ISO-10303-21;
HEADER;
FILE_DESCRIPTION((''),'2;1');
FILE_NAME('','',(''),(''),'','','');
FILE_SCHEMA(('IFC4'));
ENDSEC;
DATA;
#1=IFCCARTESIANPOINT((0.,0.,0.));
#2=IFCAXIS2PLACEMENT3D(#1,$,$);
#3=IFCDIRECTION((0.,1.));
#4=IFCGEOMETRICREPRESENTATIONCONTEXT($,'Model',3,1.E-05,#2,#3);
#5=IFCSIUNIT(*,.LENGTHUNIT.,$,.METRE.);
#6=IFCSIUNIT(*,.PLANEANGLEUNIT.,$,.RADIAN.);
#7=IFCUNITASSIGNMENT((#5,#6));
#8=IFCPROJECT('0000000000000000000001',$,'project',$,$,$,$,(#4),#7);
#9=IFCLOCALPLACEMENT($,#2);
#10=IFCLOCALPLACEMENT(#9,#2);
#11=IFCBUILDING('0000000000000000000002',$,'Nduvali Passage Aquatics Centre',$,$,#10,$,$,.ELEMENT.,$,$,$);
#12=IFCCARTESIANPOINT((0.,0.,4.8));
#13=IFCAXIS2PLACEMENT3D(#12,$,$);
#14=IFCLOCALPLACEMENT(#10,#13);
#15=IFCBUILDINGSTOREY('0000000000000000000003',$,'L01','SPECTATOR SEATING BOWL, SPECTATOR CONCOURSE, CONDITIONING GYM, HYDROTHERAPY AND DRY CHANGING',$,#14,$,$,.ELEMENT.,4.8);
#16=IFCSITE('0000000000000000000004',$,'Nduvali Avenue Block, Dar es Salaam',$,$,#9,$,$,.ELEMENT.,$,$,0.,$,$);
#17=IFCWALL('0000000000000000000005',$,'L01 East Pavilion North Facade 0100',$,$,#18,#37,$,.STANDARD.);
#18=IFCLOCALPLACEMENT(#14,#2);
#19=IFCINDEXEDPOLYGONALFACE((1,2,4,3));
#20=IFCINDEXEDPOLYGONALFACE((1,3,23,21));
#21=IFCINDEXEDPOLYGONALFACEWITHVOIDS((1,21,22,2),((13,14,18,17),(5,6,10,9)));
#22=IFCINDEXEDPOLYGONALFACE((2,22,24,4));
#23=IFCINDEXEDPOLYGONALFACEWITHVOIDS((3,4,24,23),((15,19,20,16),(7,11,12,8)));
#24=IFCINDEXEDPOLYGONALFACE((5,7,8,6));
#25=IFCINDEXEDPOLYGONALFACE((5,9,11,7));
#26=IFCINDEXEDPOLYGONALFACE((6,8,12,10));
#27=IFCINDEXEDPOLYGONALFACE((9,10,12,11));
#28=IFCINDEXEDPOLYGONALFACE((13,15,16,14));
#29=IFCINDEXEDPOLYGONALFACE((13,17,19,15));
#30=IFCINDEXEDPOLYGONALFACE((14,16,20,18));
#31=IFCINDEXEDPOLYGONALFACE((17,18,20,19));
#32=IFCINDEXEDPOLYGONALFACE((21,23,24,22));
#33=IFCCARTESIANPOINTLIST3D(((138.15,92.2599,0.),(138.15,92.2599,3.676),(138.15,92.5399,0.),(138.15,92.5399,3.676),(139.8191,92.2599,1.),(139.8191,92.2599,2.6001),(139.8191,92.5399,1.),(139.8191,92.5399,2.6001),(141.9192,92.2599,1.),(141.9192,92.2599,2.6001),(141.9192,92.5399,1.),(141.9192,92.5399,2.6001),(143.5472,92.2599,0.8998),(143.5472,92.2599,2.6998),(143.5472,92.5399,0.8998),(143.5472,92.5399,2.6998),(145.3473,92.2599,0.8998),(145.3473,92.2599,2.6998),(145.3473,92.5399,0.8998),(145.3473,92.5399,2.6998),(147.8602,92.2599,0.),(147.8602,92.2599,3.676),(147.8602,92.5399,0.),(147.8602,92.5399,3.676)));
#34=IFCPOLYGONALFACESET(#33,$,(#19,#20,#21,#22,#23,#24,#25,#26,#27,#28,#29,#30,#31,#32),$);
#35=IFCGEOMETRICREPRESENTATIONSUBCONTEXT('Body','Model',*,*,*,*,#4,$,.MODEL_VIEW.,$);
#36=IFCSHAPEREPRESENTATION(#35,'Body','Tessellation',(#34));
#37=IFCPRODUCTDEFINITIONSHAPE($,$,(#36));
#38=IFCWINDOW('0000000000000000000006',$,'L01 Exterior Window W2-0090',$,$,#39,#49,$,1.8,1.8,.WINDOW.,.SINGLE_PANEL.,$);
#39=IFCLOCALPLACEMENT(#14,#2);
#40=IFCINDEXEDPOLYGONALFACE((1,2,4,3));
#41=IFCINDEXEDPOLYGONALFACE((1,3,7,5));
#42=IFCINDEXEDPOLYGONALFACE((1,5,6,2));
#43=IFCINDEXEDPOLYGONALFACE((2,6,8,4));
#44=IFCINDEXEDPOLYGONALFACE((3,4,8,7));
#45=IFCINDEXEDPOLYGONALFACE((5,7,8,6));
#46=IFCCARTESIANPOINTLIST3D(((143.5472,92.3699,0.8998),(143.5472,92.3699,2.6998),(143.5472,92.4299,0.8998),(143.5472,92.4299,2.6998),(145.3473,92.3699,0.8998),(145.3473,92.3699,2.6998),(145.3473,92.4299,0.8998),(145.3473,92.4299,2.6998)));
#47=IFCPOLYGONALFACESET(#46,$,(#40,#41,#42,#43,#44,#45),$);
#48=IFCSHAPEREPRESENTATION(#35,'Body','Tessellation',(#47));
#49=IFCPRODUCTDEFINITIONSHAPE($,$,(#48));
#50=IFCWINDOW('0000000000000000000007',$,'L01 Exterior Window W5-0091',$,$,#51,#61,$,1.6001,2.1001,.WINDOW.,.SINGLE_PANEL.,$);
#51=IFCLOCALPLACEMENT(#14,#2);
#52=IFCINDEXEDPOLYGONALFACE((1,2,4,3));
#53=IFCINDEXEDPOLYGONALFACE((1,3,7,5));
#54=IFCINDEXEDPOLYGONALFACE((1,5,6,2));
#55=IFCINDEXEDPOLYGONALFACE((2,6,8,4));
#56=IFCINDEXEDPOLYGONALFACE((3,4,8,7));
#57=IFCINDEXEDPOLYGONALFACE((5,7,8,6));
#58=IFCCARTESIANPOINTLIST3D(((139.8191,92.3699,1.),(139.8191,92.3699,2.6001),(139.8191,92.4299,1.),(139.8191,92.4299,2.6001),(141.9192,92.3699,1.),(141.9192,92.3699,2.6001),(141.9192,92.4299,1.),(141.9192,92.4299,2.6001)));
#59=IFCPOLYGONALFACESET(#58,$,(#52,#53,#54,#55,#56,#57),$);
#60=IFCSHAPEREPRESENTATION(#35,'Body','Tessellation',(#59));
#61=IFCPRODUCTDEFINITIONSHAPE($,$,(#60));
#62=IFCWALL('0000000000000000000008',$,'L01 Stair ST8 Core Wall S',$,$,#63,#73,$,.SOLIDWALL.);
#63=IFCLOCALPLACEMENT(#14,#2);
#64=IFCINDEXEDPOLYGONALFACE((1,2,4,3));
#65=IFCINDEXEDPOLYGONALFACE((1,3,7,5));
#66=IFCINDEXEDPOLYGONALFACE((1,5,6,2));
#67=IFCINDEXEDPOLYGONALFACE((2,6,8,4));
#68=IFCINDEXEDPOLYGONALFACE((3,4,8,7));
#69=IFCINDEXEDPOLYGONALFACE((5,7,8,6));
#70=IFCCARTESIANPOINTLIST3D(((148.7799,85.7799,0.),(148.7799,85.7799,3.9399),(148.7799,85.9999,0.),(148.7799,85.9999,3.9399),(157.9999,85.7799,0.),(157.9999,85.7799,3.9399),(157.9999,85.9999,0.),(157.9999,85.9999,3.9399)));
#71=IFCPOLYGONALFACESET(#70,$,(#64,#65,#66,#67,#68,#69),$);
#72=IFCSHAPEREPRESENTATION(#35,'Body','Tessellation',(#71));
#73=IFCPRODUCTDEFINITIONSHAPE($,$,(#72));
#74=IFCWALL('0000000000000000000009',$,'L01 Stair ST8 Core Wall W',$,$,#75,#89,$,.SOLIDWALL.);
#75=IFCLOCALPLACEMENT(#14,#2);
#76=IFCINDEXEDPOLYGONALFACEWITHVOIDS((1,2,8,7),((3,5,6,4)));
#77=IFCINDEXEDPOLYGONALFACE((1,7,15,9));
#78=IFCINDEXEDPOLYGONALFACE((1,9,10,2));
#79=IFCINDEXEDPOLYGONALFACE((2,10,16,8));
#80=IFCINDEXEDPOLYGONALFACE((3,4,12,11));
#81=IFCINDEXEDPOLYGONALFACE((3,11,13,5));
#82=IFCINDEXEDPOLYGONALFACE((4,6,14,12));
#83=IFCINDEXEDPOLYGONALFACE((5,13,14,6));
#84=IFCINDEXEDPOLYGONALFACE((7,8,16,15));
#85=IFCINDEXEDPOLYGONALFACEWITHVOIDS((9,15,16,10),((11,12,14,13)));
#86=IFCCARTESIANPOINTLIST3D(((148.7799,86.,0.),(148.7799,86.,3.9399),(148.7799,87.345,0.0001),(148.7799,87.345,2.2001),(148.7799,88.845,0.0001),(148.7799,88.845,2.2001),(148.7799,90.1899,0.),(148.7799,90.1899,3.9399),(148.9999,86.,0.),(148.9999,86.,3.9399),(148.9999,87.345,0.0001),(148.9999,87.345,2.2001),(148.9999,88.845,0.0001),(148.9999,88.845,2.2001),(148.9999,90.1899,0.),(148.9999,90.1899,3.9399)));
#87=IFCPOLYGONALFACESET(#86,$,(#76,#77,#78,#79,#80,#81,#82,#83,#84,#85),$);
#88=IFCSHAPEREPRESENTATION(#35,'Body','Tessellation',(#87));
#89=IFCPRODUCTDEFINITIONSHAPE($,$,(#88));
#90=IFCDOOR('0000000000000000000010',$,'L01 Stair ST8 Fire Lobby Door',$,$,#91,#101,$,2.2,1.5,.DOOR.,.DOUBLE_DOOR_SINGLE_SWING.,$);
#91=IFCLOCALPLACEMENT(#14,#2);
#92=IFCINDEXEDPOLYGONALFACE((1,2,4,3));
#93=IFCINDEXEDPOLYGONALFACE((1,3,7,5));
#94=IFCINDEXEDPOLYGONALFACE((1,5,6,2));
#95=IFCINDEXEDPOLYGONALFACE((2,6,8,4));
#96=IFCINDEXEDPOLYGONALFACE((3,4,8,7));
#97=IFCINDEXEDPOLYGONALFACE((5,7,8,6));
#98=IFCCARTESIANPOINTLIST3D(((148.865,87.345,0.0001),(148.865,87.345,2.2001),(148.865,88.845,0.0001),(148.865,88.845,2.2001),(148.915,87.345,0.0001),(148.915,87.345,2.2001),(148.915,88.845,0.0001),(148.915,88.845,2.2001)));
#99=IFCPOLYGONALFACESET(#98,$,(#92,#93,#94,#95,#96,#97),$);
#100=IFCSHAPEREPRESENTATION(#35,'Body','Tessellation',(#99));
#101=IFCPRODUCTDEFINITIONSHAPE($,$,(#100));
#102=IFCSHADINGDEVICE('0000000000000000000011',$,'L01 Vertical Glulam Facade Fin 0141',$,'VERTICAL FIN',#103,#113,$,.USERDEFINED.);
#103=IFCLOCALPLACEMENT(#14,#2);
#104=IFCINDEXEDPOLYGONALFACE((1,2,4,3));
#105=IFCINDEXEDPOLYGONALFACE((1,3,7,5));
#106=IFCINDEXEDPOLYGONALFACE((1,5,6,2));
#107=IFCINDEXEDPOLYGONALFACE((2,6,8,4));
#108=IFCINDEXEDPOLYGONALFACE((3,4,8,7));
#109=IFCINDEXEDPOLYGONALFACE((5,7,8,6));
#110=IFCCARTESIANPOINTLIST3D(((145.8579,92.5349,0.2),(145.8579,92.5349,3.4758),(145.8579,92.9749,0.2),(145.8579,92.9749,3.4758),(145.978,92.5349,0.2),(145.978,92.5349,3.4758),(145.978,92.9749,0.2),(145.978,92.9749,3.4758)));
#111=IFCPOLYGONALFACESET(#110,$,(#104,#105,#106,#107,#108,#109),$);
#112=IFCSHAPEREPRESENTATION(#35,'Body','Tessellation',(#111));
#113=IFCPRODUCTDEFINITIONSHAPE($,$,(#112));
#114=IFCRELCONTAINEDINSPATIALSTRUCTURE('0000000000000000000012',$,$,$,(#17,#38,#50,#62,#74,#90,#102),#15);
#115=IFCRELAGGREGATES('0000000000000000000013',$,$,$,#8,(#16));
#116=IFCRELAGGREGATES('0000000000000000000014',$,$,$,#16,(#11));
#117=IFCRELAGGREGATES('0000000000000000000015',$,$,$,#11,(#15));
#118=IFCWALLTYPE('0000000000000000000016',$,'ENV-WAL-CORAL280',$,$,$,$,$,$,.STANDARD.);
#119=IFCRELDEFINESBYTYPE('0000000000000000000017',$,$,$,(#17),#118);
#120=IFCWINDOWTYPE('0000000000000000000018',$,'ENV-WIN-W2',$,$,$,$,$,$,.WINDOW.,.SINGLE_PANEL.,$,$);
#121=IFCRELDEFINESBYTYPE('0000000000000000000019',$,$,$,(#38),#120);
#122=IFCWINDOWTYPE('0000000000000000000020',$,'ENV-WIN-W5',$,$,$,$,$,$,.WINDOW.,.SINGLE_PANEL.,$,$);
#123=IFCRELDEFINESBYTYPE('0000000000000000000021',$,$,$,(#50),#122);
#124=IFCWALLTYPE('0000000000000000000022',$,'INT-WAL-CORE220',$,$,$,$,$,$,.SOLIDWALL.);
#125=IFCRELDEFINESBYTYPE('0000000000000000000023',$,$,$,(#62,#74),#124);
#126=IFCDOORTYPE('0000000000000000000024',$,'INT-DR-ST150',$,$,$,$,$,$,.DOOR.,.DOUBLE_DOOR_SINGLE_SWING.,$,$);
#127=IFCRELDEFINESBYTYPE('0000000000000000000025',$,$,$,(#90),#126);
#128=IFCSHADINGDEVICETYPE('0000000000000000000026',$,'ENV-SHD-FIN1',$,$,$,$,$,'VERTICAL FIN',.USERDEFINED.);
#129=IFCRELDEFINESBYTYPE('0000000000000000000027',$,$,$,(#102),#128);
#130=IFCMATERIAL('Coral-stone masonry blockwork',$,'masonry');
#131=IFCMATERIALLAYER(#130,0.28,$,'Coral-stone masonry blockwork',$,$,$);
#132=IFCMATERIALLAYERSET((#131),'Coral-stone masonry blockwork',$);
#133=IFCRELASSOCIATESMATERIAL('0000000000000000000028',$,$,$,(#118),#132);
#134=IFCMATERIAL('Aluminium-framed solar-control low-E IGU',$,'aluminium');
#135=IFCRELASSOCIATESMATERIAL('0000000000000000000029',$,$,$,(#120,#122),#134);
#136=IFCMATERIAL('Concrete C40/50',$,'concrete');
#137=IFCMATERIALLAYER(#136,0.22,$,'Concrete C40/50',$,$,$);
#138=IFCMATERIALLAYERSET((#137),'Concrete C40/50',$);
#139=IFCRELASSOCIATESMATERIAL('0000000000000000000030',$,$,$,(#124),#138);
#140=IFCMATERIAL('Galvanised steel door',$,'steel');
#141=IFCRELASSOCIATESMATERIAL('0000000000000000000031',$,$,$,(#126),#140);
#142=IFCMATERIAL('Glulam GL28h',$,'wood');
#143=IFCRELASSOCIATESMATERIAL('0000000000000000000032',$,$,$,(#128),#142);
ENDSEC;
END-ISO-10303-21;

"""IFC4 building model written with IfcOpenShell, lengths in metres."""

from ifc_helpers import new_model, si_unit, direction, frame, frame_2d, origin, origin_2d, place, context, subcontext, project, spatial, rectangle, extrude, material, layer, layer_set, type_object, element, fill, save


model = new_model("IFC4")

# Units and contexts
model_context = context("Model", 3, precision=1e-05, world=origin(), true_north=direction((0.0, 1.0)))
body_context = subcontext(model_context, "Body", "Model", "MODEL_VIEW")
ifc_project = project(units=[si_unit("LENGTHUNIT", "METRE"), si_unit("PLANEANGLEUNIT", "RADIAN")], contexts=[model_context])

# Site, building, storey
site_placement = place(None, origin())
site = spatial("IfcSite", under=ifc_project, at=site_placement, Name="Nduvali Avenue Block, Dar es Salaam", CompositionType="ELEMENT", RefElevation=0.0)
building_placement = place(site_placement, origin())
building = spatial("IfcBuilding", under=site, at=building_placement, Name="Nduvali Passage Aquatics Centre", CompositionType="ELEMENT")
storey_placement = place(building_placement, frame((0.0, 0.0, 4.8)))
storey = spatial("IfcBuildingStorey", under=building, at=storey_placement, Name="L01", Description="SPECTATOR SEATING BOWL, SPECTATOR CONCOURSE, CONDITIONING GYM, HYDROTHERAPY AND DRY CHANGING", CompositionType="ELEMENT", Elevation=4.8)

# Wall, openings, windows
ifc_material_1 = material(Name="Coral-stone masonry blockwork", Category="masonry")
ifc_layer_1 = layer(ifc_material_1, 0.28, Name="Coral-stone masonry blockwork")
ifc_layer_set_1 = layer_set([ifc_layer_1], Name="Coral-stone masonry blockwork")
wall_type_1 = type_object("IfcWallType", Name="ENV-WAL-CORAL280", PredefinedType="STANDARD", material=ifc_layer_set_1)
wall_1_placement = place(storey_placement, frame((147.8601, 92.3999, 0.0), z_axis=(0.0, 0.0, 1.0), x_axis=(-1.0, 0.0, 0.0)))
wall_1 = element("IfcWall", 1, at=wall_1_placement, inside=storey, type_object=wall_type_1, Name="L01 East Pavilion North Facade 0100", PredefinedType="STANDARD", context=body_context, shape_type="SweptSolid", body=[
    extrude(rectangle(XDim=9.7102, YDim=0.28, at=frame_2d((4.855, 0.0))), origin(), (0.0, 0.0, 1.0), 3.676),
])
opening_1_placement = place(wall_1_placement, frame((2.5129, 0.0, 0.8999)))
opening_1 = element("IfcOpeningElement", 2, at=opening_1_placement, cuts=wall_1, PredefinedType="OPENING", context=body_context, shape_type="SweptSolid", body=[
    extrude(rectangle(XDim=1.8, YDim=1.8, at=frame_2d((0.8999, 0.8999))), frame((0.0, 0.1548, 0.0), z_axis=(0.0, -1.0, 0.0), x_axis=(1.0, 0.0, 0.0)), (0.0, 0.0, 1.0), 0.3098),
])
opening_2_placement = place(wall_1_placement, frame((5.9409, 0.0, 1.0)))
opening_2 = element("IfcOpeningElement", 3, at=opening_2_placement, cuts=wall_1, PredefinedType="OPENING", context=body_context, shape_type="SweptSolid", body=[
    extrude(rectangle(XDim=2.1001, YDim=1.6001, at=frame_2d((1.05, 0.8))), frame((0.0, 0.1548, 0.0), z_axis=(0.0, -1.0, 0.0), x_axis=(1.0, 0.0, 0.0)), (0.0, 0.0, 1.0), 0.3098),
])
ifc_material_2 = material(Name="Aluminium-framed solar-control low-E IGU", Category="aluminium")
window_type_1 = type_object("IfcWindowType", Name="ENV-WIN-W2", PartitioningType="SINGLE_PANEL", PredefinedType="WINDOW", material=ifc_material_2)
window_1_placement = place(opening_1_placement, origin())
window_1 = element("IfcWindow", 4, at=window_1_placement, inside=storey, type_object=window_type_1, Name="L01 Exterior Window W2-0090", OverallHeight=1.8, OverallWidth=1.8, PartitioningType="SINGLE_PANEL", PredefinedType="WINDOW", context=body_context, shape_type="SweptSolid", body=[
    extrude(rectangle(XDim=1.8, YDim=1.8, at=frame_2d((0.8999, 0.8999))), frame((0.0, 0.03, 0.0), z_axis=(0.0, -1.0, 0.0), x_axis=(1.0, 0.0, 0.0)), (0.0, 0.0, 1.0), 0.0601),
])
fill(opening_1, window_1)
window_type_2 = type_object("IfcWindowType", Name="ENV-WIN-W5", PartitioningType="SINGLE_PANEL", PredefinedType="WINDOW", material=ifc_material_2)
window_2_placement = place(opening_2_placement, origin())
window_2 = element("IfcWindow", 5, at=window_2_placement, inside=storey, type_object=window_type_2, Name="L01 Exterior Window W5-0091", OverallHeight=1.6001, OverallWidth=2.1001, PartitioningType="SINGLE_PANEL", PredefinedType="WINDOW", context=body_context, shape_type="SweptSolid", body=[
    extrude(rectangle(XDim=2.1001, YDim=1.6001, at=frame_2d((1.05, 0.8))), frame((0.0, 0.03, 0.0), z_axis=(0.0, -1.0, 0.0), x_axis=(1.0, 0.0, 0.0)), (0.0, 0.0, 1.0), 0.0601),
])
fill(opening_2, window_2)

# Wall
ifc_material_3 = material(Name="Concrete C40/50", Category="concrete")
ifc_layer_2 = layer(ifc_material_3, 0.22, Name="Concrete C40/50")
ifc_layer_set_2 = layer_set([ifc_layer_2], Name="Concrete C40/50")
wall_type_2 = type_object("IfcWallType", Name="INT-WAL-CORE220", PredefinedType="SOLIDWALL", material=ifc_layer_set_2)
wall_2_placement = place(storey_placement, frame((148.78, 85.8899, 0.0), z_axis=(0.0, 0.0, 1.0), x_axis=(1.0, 0.0, 0.0)))
element("IfcWall", 6, at=wall_2_placement, inside=storey, type_object=wall_type_2, Name="L01 Stair ST8 Core Wall S", PredefinedType="SOLIDWALL", context=body_context, shape_type="SweptSolid", body=[
    extrude(rectangle(XDim=9.22, YDim=0.22, at=frame_2d((4.6099, 0.0))), origin(), (0.0, 0.0, 1.0), 3.9399),
])

# Wall, opening, door
wall_3_placement = place(storey_placement, frame((148.8899, 90.1899, 0.0), z_axis=(0.0, 0.0, 1.0), x_axis=(0.0, -1.0, 0.0)))
wall_3 = element("IfcWall", 7, at=wall_3_placement, inside=storey, type_object=wall_type_2, Name="L01 Stair ST8 Core Wall W", PredefinedType="SOLIDWALL", context=body_context, shape_type="SweptSolid", body=[
    extrude(rectangle(XDim=4.1899, YDim=0.22, at=frame_2d((2.095, 0.0))), origin(), (0.0, 0.0, 1.0), 3.9399),
])
opening_3_placement = place(wall_3_placement, frame((1.345, 0.0, 0.0)))
opening_3 = element("IfcOpeningElement", 8, at=opening_3_placement, cuts=wall_3, PredefinedType="OPENING", context=body_context, shape_type="SweptSolid", body=[
    extrude(rectangle(XDim=1.5, YDim=2.2, at=frame_2d((0.75, 1.1001))), frame((0.0, 0.125, 0.0), z_axis=(0.0, -1.0, 0.0), x_axis=(1.0, 0.0, 0.0)), (0.0, 0.0, 1.0), 0.2498),
])
ifc_material_4 = material(Name="Galvanised steel door", Category="steel")
door_type = type_object("IfcDoorType", Name="INT-DR-ST150", OperationType="DOUBLE_DOOR_SINGLE_SWING", PredefinedType="DOOR", material=ifc_material_4)
door_placement = place(opening_3_placement, frame((1.5, 0.0, 0.0), z_axis=(0.0, 0.0, 1.0), x_axis=(-1.0, 0.0, 0.0)))
door = element("IfcDoor", 9, at=door_placement, inside=storey, type_object=door_type, Name="L01 Stair ST8 Fire Lobby Door", OperationType="DOUBLE_DOOR_SINGLE_SWING", OverallHeight=2.2, OverallWidth=1.5, PredefinedType="DOOR", context=body_context, shape_type="SweptSolid", body=[
    extrude(rectangle(XDim=1.5, YDim=2.2, at=frame_2d((0.75, 1.1001))), frame((0.0, 0.0249, 0.0), z_axis=(0.0, -1.0, 0.0), x_axis=(1.0, 0.0, 0.0)), (0.0, 0.0, 1.0), 0.05),
])
fill(opening_3, door)

# Shading device
ifc_material_5 = material(Name="Glulam GL28h", Category="wood")
shading_device_type = type_object("IfcShadingDeviceType", Name="ENV-SHD-FIN1", ElementType="VERTICAL FIN", PredefinedType="USERDEFINED", material=ifc_material_5)
shading_device_placement = place(storey_placement, frame((145.918, 92.7549, 0.2), z_axis=(0.0, 0.0, 1.0), x_axis=(-1.0, 0.0, 0.0)))
element("IfcShadingDevice", 10, at=shading_device_placement, inside=storey, type_object=shading_device_type, Name="L01 Vertical Glulam Facade Fin 0141", ObjectType="VERTICAL FIN", PredefinedType="USERDEFINED", context=body_context, shape_type="SweptSolid", body=[
    extrude(rectangle(XDim=0.1201, YDim=0.4399, at=origin_2d()), origin(), (0.0, 0.0, 1.0), 3.2759),
])

save(model, "model.ifc")
